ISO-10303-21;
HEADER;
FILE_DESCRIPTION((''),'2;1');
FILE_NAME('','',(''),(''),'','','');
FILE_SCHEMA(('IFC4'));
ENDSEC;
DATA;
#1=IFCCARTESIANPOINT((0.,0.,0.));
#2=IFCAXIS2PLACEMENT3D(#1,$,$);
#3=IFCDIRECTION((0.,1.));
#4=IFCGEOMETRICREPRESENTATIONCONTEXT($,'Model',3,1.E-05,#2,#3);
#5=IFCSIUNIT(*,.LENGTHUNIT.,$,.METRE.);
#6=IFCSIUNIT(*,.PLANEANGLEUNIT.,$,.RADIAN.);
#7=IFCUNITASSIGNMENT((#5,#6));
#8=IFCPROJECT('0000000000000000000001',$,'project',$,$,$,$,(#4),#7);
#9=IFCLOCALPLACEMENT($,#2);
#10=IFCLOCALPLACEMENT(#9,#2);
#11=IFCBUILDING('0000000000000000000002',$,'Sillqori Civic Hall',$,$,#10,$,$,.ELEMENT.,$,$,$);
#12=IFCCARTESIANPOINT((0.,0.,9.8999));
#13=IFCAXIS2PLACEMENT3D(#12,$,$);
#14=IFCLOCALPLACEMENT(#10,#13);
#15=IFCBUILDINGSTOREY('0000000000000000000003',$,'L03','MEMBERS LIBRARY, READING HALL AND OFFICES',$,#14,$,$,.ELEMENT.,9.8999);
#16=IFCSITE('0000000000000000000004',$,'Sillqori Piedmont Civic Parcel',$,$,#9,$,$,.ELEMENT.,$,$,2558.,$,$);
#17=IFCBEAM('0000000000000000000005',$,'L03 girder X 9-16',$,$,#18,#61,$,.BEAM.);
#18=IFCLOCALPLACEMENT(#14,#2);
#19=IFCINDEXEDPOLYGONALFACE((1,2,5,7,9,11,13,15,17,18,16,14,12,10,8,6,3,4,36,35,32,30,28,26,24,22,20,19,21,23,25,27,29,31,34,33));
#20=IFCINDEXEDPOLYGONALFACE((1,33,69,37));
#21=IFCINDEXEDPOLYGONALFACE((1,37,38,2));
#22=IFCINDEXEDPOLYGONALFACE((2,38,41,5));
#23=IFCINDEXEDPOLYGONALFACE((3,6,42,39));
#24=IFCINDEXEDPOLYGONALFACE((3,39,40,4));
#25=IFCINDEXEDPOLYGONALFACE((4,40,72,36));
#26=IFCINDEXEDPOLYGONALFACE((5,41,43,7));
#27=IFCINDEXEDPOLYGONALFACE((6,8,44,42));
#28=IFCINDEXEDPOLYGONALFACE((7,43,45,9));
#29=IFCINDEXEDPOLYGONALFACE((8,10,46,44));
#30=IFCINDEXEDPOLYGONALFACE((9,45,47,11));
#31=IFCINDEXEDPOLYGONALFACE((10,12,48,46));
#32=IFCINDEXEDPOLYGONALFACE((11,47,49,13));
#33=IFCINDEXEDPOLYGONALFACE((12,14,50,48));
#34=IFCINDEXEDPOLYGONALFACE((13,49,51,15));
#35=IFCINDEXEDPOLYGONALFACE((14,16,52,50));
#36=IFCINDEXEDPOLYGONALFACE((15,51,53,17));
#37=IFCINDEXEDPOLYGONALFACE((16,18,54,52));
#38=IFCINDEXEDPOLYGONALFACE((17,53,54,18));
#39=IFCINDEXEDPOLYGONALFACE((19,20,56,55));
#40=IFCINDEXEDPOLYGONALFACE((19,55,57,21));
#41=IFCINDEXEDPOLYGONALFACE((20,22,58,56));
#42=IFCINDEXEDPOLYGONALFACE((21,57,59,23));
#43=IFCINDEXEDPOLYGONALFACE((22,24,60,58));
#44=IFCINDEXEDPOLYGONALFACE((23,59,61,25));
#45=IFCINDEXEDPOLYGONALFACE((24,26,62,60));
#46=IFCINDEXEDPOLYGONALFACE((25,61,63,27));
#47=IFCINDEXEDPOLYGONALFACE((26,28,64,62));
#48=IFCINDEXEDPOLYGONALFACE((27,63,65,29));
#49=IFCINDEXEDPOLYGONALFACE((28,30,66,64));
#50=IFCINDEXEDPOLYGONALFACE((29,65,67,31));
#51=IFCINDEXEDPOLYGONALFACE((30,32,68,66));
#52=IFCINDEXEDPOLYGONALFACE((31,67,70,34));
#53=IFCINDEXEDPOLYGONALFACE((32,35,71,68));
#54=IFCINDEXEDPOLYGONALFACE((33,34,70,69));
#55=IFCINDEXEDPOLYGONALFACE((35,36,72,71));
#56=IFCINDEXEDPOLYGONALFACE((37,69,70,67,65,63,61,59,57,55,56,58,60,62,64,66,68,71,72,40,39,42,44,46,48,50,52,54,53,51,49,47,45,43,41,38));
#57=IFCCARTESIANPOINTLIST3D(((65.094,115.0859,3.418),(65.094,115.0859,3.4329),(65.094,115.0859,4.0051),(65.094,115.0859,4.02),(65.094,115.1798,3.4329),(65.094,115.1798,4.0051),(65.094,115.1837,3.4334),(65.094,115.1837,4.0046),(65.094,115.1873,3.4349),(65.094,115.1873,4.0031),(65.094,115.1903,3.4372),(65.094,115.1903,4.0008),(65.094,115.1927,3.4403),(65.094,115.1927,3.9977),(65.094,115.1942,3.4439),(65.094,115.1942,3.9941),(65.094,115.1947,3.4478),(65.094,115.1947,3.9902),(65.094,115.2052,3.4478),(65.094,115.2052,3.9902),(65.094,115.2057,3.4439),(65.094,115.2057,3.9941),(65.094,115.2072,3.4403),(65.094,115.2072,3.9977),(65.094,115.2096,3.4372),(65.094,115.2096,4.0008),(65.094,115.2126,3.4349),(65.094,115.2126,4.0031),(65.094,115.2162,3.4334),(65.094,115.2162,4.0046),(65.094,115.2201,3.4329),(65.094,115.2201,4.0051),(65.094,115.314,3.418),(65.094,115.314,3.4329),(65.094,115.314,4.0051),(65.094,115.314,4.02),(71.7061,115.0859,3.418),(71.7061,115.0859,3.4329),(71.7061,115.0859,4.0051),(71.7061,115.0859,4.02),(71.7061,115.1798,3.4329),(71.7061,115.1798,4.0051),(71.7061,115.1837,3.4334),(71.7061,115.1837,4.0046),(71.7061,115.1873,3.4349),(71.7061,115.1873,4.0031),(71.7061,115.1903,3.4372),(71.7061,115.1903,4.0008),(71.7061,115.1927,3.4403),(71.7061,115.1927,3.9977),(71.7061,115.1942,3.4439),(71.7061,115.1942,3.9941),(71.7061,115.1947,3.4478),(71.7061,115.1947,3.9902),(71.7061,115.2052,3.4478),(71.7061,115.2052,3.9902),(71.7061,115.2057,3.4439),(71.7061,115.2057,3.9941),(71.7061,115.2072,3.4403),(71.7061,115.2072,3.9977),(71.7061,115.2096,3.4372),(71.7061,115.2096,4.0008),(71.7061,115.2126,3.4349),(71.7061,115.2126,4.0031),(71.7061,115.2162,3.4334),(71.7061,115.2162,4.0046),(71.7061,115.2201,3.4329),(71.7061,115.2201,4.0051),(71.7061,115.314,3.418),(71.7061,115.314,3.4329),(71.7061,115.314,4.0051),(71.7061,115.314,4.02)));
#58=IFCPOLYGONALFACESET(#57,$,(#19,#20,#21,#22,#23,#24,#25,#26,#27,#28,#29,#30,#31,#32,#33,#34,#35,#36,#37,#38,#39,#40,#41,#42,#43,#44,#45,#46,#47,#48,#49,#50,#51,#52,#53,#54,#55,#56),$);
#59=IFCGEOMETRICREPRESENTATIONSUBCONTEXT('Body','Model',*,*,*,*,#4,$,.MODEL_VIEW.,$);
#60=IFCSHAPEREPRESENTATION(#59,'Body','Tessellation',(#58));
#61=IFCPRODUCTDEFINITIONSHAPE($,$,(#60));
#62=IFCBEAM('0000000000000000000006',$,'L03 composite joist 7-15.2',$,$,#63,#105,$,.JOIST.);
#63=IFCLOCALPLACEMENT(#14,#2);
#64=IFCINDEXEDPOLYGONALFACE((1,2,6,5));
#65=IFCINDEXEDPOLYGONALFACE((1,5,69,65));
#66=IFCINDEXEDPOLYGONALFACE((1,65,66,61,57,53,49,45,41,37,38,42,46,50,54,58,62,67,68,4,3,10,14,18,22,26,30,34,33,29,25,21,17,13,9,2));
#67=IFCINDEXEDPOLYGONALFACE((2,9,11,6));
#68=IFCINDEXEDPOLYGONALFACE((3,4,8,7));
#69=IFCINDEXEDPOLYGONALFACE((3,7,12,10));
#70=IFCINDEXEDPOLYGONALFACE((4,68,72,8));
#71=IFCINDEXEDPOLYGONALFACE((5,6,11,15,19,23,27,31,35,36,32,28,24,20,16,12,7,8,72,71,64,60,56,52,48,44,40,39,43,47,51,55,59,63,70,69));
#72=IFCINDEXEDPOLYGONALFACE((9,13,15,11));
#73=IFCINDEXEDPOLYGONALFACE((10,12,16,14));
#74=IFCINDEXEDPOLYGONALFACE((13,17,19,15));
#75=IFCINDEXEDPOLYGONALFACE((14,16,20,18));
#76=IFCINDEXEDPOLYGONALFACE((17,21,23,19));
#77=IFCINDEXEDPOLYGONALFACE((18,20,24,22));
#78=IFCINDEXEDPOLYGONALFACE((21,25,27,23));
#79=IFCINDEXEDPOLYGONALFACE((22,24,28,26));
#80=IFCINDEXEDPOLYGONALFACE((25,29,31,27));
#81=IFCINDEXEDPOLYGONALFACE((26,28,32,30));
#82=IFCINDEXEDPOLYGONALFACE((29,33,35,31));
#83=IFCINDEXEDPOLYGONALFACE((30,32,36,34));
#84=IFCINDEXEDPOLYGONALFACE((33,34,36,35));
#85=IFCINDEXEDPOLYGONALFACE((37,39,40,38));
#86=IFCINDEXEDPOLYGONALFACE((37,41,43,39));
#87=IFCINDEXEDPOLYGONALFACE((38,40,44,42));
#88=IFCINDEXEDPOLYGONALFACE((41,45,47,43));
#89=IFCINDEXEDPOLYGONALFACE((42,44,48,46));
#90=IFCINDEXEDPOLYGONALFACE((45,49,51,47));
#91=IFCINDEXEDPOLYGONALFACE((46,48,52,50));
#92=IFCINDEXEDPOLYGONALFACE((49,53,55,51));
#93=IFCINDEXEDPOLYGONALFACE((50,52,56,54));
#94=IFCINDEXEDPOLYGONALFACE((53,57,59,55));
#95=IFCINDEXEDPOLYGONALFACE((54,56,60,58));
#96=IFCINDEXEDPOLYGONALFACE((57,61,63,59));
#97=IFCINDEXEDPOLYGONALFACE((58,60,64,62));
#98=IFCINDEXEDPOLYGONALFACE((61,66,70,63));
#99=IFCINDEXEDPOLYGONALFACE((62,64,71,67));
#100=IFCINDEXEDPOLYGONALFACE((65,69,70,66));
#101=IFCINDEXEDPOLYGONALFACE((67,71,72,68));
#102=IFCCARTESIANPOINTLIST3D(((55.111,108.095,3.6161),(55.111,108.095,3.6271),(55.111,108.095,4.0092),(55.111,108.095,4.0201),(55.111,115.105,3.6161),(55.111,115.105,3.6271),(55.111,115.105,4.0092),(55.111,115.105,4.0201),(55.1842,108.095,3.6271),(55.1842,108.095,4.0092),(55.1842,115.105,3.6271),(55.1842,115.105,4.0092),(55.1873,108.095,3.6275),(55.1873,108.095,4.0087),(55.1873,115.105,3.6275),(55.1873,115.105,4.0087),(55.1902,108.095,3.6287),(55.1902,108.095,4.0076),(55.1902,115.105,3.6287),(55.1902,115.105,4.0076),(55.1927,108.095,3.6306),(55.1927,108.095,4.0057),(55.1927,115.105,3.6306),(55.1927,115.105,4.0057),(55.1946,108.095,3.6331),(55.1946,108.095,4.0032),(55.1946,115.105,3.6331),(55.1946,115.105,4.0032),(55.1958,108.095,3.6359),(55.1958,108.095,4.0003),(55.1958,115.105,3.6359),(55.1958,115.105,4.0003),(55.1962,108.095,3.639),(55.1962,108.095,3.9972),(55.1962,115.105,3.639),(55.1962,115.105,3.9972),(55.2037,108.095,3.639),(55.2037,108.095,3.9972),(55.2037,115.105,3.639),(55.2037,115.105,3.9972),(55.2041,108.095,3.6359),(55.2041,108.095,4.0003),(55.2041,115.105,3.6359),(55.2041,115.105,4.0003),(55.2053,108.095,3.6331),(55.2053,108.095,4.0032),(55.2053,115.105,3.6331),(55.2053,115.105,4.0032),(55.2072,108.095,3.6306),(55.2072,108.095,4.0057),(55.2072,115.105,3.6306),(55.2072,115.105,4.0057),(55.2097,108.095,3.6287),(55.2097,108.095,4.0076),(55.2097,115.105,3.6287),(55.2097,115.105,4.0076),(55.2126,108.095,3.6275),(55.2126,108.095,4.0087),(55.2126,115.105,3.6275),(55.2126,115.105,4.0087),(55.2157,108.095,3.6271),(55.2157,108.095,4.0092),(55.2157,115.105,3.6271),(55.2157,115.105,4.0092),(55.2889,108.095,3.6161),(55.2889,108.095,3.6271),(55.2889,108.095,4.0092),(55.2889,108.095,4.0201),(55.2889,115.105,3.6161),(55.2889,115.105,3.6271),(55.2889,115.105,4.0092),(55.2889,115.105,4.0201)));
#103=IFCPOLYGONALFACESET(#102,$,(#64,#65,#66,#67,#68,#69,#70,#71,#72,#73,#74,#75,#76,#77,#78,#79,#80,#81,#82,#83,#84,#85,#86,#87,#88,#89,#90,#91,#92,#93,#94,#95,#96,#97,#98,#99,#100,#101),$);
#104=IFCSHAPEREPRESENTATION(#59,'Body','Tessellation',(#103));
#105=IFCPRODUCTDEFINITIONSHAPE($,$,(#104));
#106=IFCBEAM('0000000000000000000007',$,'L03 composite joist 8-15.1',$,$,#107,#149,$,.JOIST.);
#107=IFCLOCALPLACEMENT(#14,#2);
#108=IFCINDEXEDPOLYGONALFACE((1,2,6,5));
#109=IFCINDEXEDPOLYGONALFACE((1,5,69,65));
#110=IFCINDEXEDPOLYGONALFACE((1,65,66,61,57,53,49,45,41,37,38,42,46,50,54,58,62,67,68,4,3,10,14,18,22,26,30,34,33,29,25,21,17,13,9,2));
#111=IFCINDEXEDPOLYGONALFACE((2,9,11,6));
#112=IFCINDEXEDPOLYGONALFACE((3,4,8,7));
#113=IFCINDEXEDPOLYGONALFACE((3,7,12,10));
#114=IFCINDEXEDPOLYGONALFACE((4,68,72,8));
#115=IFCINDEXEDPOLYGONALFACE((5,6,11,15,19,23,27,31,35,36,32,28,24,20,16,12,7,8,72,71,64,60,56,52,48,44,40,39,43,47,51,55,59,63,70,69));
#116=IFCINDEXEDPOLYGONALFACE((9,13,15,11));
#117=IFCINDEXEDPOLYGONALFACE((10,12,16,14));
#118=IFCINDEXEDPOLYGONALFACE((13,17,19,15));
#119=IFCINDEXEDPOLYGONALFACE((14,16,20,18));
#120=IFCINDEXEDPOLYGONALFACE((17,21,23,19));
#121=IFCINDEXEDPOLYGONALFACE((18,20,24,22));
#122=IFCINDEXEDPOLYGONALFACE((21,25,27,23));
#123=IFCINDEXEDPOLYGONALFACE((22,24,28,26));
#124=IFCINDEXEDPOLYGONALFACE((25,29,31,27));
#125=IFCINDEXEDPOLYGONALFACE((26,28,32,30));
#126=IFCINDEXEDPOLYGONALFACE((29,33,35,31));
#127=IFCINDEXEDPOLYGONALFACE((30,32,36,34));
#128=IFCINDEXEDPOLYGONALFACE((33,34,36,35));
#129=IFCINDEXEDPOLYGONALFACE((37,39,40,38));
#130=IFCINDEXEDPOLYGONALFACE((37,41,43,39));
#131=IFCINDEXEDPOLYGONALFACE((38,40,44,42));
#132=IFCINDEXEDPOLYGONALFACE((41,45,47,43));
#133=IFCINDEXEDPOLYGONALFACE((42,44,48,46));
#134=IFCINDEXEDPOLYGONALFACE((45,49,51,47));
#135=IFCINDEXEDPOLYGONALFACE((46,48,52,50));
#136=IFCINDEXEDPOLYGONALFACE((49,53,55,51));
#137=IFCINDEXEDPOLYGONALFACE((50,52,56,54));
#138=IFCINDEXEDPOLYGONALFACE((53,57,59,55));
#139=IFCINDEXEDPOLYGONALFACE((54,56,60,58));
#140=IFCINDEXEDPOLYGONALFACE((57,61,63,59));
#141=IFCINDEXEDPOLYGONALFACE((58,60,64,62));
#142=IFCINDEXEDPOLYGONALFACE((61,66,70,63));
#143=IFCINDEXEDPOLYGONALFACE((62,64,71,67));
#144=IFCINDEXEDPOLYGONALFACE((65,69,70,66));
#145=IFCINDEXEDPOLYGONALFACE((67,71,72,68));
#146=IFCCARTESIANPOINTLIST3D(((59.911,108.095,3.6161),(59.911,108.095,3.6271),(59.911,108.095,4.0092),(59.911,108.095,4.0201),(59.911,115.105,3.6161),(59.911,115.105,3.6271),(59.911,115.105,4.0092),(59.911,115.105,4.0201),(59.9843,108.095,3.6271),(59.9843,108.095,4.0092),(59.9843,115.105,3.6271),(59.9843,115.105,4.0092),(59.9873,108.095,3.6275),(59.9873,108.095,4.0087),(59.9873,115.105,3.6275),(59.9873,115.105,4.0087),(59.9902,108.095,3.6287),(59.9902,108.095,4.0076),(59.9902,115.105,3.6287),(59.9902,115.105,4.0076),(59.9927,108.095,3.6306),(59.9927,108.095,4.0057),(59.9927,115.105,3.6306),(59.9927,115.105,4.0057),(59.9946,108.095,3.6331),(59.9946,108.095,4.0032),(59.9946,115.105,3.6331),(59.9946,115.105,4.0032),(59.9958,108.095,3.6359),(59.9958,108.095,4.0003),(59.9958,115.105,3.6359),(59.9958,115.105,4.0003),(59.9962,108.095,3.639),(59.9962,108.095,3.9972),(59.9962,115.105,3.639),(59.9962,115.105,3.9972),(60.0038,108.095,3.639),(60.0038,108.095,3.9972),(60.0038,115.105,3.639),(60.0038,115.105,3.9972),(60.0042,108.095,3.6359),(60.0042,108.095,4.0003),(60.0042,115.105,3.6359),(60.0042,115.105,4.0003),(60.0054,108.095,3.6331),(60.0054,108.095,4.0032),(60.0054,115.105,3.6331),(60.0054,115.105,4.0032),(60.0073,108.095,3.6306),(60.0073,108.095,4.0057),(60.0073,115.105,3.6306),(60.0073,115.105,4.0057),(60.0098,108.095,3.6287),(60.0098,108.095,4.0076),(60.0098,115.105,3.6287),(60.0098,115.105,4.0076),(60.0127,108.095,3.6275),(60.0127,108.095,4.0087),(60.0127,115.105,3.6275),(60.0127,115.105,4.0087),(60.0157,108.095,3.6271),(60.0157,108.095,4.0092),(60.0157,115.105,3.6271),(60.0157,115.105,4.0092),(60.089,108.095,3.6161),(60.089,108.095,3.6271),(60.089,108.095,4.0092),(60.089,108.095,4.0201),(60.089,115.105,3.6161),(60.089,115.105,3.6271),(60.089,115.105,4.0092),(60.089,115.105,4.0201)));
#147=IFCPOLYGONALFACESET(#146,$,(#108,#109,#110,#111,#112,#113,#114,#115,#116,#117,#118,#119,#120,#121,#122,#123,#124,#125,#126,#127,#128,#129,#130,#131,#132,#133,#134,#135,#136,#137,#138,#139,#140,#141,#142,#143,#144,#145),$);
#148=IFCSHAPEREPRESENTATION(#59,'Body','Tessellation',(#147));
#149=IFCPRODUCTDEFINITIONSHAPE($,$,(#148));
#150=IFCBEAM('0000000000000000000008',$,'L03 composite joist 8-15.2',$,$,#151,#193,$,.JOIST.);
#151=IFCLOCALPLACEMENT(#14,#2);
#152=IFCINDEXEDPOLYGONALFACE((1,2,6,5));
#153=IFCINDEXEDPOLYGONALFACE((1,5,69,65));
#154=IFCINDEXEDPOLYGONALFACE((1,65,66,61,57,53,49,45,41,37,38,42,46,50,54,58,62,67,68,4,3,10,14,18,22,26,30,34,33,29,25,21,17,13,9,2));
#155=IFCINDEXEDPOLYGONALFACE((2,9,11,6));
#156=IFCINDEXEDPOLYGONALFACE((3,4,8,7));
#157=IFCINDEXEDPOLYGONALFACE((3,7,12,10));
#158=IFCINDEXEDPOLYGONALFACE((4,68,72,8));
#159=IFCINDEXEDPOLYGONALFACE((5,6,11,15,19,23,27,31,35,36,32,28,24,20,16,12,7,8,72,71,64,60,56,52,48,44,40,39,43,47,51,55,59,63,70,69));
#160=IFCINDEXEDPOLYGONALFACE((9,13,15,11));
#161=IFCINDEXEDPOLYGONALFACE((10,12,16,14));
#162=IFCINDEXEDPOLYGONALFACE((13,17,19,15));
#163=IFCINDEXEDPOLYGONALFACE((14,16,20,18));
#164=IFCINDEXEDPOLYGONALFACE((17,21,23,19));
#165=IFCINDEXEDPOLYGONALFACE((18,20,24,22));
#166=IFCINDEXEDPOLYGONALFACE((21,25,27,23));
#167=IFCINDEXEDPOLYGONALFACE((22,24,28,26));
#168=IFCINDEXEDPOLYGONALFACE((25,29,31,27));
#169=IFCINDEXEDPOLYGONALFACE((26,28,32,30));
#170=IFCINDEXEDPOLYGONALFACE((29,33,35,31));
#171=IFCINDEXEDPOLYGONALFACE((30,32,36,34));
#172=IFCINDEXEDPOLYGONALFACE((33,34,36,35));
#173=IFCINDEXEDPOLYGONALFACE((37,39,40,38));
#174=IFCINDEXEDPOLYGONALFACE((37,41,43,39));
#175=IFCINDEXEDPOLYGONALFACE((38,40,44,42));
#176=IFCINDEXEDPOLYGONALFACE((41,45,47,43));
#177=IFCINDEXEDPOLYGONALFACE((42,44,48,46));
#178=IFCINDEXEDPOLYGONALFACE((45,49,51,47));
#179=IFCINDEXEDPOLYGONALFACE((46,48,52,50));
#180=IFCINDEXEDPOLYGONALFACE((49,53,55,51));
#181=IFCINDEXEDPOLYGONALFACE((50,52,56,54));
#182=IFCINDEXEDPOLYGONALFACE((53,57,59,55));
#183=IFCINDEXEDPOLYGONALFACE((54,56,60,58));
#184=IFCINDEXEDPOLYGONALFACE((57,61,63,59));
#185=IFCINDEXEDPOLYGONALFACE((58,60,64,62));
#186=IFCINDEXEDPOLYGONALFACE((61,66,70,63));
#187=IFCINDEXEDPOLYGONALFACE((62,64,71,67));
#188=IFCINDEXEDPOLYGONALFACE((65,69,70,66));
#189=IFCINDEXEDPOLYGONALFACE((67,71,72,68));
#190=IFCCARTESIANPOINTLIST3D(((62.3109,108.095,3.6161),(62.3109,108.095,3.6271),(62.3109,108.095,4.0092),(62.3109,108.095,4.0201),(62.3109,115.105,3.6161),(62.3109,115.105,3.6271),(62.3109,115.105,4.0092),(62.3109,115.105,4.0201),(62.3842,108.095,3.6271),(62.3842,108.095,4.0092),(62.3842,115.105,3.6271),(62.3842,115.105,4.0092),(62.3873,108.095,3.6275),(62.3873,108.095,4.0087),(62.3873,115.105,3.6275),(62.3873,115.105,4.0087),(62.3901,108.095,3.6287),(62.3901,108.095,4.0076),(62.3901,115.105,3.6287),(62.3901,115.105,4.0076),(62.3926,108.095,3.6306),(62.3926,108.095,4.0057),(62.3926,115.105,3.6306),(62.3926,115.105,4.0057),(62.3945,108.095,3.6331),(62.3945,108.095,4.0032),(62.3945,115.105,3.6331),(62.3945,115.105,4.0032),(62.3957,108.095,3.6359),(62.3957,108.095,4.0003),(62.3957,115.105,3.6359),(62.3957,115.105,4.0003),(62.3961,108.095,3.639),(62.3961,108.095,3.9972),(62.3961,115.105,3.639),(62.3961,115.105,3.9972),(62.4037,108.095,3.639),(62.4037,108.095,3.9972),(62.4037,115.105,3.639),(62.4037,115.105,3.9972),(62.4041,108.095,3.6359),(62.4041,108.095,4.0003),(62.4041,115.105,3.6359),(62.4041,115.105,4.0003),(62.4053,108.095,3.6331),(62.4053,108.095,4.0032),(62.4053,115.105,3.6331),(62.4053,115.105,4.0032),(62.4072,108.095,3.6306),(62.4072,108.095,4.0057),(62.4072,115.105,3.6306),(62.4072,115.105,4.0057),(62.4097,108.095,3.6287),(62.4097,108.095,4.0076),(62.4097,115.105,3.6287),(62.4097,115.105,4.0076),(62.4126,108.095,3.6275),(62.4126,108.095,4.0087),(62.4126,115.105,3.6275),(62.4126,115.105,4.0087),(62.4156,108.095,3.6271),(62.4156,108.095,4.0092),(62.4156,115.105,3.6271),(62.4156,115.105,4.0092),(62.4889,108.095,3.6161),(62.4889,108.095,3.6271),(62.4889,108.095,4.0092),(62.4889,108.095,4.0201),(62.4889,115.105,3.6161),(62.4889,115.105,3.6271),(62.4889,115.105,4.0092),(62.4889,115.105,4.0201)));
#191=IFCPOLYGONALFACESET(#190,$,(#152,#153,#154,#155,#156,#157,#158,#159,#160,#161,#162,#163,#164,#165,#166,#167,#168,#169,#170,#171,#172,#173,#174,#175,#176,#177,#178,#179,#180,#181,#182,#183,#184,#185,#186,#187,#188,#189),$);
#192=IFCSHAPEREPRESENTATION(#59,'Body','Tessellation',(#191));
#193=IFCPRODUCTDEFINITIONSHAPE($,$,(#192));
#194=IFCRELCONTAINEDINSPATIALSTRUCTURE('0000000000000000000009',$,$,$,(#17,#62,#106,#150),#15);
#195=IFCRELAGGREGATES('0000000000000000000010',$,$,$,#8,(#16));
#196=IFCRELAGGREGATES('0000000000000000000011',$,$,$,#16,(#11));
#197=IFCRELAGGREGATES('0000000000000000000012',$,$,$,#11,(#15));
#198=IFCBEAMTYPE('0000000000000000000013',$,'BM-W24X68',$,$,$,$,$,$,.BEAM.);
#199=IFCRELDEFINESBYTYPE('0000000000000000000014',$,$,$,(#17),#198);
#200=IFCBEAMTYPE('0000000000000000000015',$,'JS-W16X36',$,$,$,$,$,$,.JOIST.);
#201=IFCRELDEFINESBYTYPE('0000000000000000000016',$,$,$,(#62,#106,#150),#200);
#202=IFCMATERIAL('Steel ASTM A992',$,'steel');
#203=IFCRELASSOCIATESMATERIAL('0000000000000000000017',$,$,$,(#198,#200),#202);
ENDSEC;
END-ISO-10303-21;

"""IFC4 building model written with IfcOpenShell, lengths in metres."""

from ifc_helpers import new_model, si_unit, direction, frame, origin, origin_2d, place, context, subcontext, project, spatial, i_section, extrude, material, material_profile, profile_set, type_object, element, save


model = new_model("IFC4")

# Units and contexts
model_context = context("Model", 3, precision=1e-05, world=origin(), true_north=direction((0.0, 1.0)))
body_context = subcontext(model_context, "Body", "Model", "MODEL_VIEW")
ifc_project = project(units=[si_unit("LENGTHUNIT", "METRE"), si_unit("PLANEANGLEUNIT", "RADIAN")], contexts=[model_context])

# Site, building, storey
site_placement = place(None, origin())
site = spatial("IfcSite", under=ifc_project, at=site_placement, Name="Sillqori Piedmont Civic Parcel", CompositionType="ELEMENT", RefElevation=2558.0)
building_placement = place(site_placement, origin())
building = spatial("IfcBuilding", under=site, at=building_placement, Name="Sillqori Civic Hall", CompositionType="ELEMENT")
storey_placement = place(building_placement, frame((0.0, 0.0, 9.8999)))
storey = spatial("IfcBuildingStorey", under=building, at=storey_placement, Name="L03", Description="MEMBERS LIBRARY, READING HALL AND OFFICES", CompositionType="ELEMENT", Elevation=9.8999)

# Beam
ifc_material_1 = material(Name="Steel ASTM A992", Category="steel")
ifc_material_profile_1 = material_profile(ifc_material_1, i_section(OverallWidth=0.228, OverallDepth=0.6021, WebThickness=0.0105, FlangeThickness=0.0149, FilletRadius=0.0149, at=origin_2d()), Name="W24X68")
ifc_profile_set_1 = profile_set([ifc_material_profile_1], Name="Steel ASTM A992")
beam_type_1 = type_object("IfcBeamType", Name="BM-W24X68", PredefinedType="BEAM", material=ifc_profile_set_1)
for number, where, z_axis, x_axis, name in (
    (1, (65.094, 115.2, 3.719), (1.0, 0.0, 0.0), (0.0, 1.0, 0.0), "L03 girder X 9-16"),
):
    element("IfcBeam", number, at=place(storey_placement, frame(where, z_axis=z_axis, x_axis=x_axis)), inside=storey, type_object=beam_type_1, Name=name, PredefinedType="BEAM", context=body_context, shape_type="SweptSolid", body=[
        extrude(i_section(OverallWidth=0.228, OverallDepth=0.6021, WebThickness=0.0105, FlangeThickness=0.0149, FilletRadius=0.0149, at=origin_2d()), origin(), (0.0, 0.0, 1.0), 6.6121),
    ])

# Beams
ifc_material_profile_2 = material_profile(ifc_material_1, i_section(OverallWidth=0.178, OverallDepth=0.4041, WebThickness=0.0076, FlangeThickness=0.011, FilletRadius=0.012, at=origin_2d()), Name="W16X36")
ifc_profile_set_2 = profile_set([ifc_material_profile_2], Name="Steel ASTM A992")
beam_type_2 = type_object("IfcBeamType", Name="JS-W16X36", PredefinedType="JOIST", material=ifc_profile_set_2)
for number, where, z_axis, x_axis, name in (
    (2, (55.2, 108.095, 3.8181), (0.0, 1.0, 0.0), (-1.0, 0.0, 0.0), "L03 composite joist 7-15.2"),
    (3, (60.0, 108.095, 3.8181), (0.0, 1.0, 0.0), (-1.0, 0.0, 0.0), "L03 composite joist 8-15.1"),
    (4, (62.3999, 108.095, 3.8181), (0.0, 1.0, 0.0), (-1.0, 0.0, 0.0), "L03 composite joist 8-15.2"),
):
    element("IfcBeam", number, at=place(storey_placement, frame(where, z_axis=z_axis, x_axis=x_axis)), inside=storey, type_object=beam_type_2, Name=name, PredefinedType="JOIST", context=body_context, shape_type="SweptSolid", body=[
        extrude(i_section(OverallWidth=0.178, OverallDepth=0.4041, WebThickness=0.0076, FlangeThickness=0.011, FilletRadius=0.012, at=origin_2d()), origin(), (0.0, 0.0, 1.0), 7.01),
    ])

save(model, "model.ifc")
